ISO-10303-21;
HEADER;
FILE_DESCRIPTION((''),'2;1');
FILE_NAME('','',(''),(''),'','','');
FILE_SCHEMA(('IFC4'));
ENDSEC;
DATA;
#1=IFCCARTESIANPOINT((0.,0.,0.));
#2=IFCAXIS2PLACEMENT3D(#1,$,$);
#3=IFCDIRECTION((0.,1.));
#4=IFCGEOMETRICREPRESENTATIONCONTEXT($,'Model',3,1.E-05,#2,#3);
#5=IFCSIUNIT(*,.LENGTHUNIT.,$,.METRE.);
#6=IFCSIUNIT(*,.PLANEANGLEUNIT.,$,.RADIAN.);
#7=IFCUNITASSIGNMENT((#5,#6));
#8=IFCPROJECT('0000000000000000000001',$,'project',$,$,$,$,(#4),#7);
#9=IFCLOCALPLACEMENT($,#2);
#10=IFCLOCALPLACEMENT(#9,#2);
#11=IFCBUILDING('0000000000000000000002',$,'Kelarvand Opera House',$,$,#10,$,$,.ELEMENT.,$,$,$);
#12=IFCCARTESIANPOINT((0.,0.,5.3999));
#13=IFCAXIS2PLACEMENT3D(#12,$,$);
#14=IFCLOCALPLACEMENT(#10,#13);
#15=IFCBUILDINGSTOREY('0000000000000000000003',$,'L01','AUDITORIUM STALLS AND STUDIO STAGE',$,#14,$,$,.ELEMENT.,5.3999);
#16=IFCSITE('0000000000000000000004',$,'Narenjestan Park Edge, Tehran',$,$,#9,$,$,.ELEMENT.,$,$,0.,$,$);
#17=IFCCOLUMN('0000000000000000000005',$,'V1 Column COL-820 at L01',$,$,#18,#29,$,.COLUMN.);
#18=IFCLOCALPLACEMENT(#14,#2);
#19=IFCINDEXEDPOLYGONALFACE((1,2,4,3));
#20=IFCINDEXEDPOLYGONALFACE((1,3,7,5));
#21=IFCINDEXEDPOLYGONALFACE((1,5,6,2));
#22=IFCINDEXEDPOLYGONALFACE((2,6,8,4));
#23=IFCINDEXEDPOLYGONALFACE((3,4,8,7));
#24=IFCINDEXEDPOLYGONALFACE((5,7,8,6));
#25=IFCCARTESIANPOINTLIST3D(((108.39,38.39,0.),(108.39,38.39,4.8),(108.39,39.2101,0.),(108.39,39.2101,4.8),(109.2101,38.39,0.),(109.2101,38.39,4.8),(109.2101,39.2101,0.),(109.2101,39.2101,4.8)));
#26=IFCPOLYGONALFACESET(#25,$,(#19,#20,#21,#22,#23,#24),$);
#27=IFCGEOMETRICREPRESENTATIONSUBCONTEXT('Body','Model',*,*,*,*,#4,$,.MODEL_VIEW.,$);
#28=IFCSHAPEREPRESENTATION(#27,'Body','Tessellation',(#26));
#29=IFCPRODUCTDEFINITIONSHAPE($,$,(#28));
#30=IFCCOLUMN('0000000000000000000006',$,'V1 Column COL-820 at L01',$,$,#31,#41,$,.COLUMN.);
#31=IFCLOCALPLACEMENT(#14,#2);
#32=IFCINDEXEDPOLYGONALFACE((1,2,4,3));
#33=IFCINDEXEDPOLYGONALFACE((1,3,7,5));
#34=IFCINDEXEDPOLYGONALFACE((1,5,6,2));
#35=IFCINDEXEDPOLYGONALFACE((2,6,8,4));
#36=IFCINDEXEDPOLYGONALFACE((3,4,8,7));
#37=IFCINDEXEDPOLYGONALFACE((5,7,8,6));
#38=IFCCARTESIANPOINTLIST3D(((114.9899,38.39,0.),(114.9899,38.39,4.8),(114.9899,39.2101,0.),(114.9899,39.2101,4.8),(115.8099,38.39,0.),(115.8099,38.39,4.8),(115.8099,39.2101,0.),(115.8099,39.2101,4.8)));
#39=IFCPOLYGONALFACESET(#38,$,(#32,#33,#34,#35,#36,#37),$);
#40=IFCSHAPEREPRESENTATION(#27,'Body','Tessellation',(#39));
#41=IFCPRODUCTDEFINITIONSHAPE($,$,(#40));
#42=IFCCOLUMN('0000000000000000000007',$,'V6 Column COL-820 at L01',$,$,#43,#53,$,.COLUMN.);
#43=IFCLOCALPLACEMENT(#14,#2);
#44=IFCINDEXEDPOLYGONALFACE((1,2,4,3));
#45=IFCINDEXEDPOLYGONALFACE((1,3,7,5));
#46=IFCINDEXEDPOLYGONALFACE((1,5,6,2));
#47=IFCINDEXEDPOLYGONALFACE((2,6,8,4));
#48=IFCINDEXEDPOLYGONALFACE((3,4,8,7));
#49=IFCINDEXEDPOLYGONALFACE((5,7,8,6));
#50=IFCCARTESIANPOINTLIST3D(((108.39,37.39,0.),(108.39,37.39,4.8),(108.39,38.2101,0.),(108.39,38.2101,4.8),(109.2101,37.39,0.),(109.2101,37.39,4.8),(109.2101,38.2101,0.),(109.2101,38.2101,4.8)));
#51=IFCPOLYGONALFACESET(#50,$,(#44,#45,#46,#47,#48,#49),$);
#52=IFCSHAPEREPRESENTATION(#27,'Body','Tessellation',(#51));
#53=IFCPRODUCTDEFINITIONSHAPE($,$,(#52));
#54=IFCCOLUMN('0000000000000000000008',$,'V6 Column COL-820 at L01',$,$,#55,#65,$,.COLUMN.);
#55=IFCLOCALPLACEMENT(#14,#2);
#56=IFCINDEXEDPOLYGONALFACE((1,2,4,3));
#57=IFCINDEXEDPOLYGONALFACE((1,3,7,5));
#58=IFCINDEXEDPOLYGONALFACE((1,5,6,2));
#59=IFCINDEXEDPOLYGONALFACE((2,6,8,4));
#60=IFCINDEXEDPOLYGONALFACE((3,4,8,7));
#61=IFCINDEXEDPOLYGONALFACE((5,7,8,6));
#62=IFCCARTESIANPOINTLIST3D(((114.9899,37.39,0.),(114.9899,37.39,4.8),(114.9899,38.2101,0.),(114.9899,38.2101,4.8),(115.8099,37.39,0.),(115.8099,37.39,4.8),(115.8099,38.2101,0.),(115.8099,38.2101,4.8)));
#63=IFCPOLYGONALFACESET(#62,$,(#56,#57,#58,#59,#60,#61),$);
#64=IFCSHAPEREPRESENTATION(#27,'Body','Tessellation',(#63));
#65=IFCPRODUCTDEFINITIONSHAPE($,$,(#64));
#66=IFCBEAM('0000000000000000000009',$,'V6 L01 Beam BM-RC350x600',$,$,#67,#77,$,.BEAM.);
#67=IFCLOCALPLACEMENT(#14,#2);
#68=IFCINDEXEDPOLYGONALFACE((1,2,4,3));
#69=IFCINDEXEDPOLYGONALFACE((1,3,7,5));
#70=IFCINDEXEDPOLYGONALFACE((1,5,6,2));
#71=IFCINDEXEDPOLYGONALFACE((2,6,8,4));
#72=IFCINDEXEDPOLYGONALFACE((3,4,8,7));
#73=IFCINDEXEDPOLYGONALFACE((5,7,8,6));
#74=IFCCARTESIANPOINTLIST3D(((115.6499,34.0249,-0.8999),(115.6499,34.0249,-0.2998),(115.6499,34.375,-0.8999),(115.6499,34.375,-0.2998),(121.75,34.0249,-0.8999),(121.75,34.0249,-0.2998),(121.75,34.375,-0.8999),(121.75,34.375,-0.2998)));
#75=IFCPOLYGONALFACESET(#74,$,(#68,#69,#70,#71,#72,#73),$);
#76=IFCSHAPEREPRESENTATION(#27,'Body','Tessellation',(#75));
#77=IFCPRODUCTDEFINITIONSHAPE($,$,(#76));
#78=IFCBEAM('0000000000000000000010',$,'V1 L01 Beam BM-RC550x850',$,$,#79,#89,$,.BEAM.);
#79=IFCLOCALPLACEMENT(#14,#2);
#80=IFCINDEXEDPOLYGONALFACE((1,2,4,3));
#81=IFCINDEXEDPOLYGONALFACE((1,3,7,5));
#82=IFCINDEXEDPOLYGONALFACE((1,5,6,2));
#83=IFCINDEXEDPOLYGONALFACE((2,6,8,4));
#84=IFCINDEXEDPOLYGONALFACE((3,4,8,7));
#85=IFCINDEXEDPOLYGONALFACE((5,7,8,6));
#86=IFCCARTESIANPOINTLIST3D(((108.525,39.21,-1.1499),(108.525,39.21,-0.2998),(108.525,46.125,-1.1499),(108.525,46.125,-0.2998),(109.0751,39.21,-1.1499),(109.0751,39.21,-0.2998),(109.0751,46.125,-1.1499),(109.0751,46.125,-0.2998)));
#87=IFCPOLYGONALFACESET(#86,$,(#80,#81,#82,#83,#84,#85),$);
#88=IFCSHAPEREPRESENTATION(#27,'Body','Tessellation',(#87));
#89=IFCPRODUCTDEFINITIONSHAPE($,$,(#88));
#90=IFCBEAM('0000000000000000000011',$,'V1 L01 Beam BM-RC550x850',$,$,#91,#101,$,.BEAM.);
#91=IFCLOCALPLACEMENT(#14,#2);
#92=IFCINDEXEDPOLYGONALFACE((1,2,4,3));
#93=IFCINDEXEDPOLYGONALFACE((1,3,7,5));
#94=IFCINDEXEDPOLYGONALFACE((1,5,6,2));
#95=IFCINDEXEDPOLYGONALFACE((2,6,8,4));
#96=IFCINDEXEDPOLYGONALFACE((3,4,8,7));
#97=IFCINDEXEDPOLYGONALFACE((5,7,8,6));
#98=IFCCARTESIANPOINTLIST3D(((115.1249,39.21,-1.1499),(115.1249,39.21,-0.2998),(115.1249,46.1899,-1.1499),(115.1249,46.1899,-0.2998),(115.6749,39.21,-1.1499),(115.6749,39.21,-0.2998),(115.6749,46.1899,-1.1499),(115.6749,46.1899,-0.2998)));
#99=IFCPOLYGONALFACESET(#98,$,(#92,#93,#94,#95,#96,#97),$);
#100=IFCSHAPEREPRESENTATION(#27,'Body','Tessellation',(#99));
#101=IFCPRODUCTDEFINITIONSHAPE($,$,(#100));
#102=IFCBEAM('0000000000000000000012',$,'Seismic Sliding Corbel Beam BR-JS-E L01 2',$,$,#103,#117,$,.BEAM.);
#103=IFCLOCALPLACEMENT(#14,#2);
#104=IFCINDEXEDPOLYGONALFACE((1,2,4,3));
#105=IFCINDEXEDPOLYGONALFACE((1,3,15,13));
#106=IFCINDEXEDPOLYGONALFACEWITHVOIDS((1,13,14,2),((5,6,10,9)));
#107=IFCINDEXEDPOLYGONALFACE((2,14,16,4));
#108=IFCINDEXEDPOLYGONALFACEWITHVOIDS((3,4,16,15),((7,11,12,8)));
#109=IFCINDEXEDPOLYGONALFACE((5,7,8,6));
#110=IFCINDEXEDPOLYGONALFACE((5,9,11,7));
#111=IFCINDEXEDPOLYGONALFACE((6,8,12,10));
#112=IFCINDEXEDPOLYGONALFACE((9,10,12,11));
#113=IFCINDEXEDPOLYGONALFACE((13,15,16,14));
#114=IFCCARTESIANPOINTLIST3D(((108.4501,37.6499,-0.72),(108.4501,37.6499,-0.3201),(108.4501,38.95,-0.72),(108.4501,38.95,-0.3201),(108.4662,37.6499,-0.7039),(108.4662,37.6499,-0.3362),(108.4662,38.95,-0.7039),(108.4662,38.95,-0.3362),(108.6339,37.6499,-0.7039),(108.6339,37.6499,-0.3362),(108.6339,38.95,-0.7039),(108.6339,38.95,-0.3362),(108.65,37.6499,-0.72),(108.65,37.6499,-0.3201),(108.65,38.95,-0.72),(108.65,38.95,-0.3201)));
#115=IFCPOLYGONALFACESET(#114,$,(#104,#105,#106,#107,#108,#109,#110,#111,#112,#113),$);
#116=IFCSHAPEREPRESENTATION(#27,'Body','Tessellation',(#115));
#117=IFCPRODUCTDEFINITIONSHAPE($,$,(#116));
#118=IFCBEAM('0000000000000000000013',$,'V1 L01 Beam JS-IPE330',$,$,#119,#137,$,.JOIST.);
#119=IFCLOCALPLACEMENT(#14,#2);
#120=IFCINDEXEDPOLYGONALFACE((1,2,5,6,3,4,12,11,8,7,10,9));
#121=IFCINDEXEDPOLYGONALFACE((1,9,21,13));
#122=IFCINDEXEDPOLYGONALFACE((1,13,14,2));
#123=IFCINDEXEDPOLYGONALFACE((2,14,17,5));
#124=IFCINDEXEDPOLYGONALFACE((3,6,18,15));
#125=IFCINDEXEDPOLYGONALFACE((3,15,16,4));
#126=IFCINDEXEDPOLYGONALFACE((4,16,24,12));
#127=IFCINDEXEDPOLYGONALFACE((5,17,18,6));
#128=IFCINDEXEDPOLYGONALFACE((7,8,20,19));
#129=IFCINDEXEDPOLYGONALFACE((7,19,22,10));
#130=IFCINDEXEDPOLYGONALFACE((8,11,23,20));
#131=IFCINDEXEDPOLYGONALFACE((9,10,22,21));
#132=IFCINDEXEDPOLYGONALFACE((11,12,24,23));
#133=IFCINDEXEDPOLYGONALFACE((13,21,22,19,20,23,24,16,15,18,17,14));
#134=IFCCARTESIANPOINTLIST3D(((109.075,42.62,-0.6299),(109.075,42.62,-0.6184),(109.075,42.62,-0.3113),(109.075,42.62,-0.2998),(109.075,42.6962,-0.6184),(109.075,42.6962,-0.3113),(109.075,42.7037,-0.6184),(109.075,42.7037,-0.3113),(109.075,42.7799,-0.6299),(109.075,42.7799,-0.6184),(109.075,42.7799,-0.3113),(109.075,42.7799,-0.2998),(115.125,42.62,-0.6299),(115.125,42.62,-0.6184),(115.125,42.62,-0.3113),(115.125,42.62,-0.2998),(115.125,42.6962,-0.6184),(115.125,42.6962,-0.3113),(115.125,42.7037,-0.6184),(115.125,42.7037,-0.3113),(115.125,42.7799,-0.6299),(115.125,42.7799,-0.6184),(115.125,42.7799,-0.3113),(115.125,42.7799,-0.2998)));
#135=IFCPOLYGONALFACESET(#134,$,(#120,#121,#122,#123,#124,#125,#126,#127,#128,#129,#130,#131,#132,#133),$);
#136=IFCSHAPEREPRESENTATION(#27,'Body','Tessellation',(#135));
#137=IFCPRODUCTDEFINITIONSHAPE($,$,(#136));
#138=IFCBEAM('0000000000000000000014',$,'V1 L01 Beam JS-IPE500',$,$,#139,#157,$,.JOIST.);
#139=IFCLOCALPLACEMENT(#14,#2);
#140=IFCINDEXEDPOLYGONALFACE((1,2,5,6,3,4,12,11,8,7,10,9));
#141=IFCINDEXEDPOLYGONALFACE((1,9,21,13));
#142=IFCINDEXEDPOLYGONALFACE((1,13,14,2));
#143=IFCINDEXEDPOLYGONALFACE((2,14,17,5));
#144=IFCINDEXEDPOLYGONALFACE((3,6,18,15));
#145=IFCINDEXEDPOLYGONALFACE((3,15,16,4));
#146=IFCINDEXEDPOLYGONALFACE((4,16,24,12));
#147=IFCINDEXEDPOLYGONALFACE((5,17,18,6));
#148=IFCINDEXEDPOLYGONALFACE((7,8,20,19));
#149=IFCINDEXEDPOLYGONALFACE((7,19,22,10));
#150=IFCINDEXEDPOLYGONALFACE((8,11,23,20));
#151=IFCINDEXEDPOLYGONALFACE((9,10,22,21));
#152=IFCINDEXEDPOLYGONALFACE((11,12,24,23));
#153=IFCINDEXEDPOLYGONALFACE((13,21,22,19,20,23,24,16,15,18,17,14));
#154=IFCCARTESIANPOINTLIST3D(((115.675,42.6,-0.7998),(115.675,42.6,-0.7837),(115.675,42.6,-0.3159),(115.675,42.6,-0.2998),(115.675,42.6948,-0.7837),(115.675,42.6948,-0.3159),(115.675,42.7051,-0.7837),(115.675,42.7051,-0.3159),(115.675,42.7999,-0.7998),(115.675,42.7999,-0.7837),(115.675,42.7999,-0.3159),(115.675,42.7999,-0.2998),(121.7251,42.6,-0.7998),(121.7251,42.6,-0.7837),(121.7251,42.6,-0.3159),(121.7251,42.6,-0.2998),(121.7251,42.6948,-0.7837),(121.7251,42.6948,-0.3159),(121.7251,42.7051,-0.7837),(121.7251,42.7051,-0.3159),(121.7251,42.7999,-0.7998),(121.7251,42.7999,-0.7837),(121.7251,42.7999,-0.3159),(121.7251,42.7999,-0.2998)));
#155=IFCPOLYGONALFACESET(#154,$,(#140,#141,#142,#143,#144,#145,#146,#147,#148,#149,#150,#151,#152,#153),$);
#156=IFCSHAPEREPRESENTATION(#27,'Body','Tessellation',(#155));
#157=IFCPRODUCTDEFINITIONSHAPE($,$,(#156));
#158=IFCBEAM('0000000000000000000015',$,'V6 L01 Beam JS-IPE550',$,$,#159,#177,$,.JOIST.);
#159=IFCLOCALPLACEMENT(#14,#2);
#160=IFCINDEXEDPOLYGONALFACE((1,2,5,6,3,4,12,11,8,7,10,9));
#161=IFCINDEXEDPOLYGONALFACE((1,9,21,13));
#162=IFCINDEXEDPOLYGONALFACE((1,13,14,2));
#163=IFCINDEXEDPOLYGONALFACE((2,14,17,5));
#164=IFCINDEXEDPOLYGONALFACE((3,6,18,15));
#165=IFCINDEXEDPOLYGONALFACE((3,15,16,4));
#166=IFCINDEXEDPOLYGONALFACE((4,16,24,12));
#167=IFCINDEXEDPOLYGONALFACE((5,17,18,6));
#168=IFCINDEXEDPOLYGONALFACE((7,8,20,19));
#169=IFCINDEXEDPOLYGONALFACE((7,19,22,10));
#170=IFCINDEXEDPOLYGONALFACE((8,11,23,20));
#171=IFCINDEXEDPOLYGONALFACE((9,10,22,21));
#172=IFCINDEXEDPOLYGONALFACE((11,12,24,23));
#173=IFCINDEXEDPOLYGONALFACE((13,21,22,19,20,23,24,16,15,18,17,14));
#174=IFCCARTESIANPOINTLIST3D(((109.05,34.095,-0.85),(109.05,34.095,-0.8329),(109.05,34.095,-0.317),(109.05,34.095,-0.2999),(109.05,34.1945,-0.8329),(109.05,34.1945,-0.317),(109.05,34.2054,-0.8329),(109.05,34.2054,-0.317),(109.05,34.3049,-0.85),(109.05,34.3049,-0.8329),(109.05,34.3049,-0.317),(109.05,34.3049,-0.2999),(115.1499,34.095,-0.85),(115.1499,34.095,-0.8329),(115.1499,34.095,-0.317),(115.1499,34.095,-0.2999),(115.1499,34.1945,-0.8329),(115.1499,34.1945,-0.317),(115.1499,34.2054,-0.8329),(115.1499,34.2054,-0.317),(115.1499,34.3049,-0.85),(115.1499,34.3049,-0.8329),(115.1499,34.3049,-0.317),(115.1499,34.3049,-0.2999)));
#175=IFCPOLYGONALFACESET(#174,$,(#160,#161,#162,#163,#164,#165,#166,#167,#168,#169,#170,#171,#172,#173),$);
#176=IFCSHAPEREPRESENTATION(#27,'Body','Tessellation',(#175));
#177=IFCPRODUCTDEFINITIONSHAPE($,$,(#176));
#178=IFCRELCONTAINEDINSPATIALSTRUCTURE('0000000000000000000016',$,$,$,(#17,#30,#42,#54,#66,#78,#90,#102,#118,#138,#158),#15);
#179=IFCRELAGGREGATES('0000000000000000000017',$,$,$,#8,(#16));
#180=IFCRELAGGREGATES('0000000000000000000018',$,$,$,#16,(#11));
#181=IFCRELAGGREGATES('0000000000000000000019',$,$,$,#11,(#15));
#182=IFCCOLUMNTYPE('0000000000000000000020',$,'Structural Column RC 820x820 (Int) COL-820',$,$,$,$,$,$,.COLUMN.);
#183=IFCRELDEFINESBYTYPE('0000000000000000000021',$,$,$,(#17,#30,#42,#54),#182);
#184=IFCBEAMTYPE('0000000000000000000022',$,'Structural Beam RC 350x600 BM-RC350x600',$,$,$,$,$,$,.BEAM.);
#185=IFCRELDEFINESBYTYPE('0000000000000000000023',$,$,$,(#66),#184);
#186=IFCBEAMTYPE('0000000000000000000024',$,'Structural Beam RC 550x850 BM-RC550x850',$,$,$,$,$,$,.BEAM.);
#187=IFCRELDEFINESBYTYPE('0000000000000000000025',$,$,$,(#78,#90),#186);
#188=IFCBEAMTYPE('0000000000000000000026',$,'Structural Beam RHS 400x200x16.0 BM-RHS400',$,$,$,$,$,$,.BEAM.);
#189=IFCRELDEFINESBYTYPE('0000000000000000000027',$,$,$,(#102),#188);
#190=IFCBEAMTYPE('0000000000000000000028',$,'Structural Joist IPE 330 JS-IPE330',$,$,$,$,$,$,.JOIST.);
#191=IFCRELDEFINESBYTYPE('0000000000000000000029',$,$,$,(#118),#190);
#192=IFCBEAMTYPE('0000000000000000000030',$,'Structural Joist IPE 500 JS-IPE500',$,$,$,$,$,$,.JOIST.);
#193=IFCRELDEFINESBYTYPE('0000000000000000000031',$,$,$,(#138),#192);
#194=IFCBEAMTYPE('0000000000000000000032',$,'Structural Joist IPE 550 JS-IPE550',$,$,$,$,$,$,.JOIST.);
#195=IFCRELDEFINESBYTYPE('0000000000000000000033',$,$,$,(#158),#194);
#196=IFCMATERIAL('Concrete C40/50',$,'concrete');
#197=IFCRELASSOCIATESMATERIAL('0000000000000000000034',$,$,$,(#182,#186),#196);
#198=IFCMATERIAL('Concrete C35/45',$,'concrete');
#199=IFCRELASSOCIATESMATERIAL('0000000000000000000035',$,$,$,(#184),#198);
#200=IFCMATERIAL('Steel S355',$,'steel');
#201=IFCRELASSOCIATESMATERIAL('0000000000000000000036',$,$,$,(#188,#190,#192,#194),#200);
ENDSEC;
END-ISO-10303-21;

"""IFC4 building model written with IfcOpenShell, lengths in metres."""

from ifc_helpers import new_model, si_unit, direction, frame, origin, origin_2d, place, context, subcontext, project, spatial, rectangle, hollow_rectangle, i_section, extrude, material, material_profile, profile_set, type_object, element, save


model = new_model("IFC4")

# Units and contexts
model_context = context("Model", 3, precision=1e-05, world=origin(), true_north=direction((0.0, 1.0)))
body_context = subcontext(model_context, "Body", "Model", "MODEL_VIEW")
ifc_project = project(units=[si_unit("LENGTHUNIT", "METRE"), si_unit("PLANEANGLEUNIT", "RADIAN")], contexts=[model_context])

# Site, building, storey
site_placement = place(None, origin())
site = spatial("IfcSite", under=ifc_project, at=site_placement, Name="Narenjestan Park Edge, Tehran", CompositionType="ELEMENT", RefElevation=0.0)
building_placement = place(site_placement, origin())
building = spatial("IfcBuilding", under=site, at=building_placement, Name="Kelarvand Opera House", CompositionType="ELEMENT")
storey_placement = place(building_placement, frame((0.0, 0.0, 5.3999)))
storey = spatial("IfcBuildingStorey", under=building, at=storey_placement, Name="L01", Description="AUDITORIUM STALLS AND STUDIO STAGE", CompositionType="ELEMENT", Elevation=5.3999)

# Columns
ifc_material_1 = material(Name="Concrete C40/50", Category="concrete")
ifc_material_profile_1 = material_profile(ifc_material_1, rectangle(XDim=0.8201, YDim=0.8201, at=origin_2d()), Name="RC 820x820", Category="concrete")
ifc_profile_set_1 = profile_set([ifc_material_profile_1], Name="Concrete C40/50")
column_type = type_object("IfcColumnType", Name="Structural Column RC 820x820 (Int) COL-820", PredefinedType="COLUMN", material=ifc_profile_set_1)
for number, where, z_axis, x_axis, name in (
    (1, (108.8, 38.8, 0.0), (0.0, 0.0, 1.0), (1.0, 0.0, 0.0), "V1 Column COL-820 at L01"),
    (2, (115.3999, 38.8, 0.0), (0.0, 0.0, 1.0), (1.0, 0.0, 0.0), "V1 Column COL-820 at L01"),
    (3, (108.8, 37.8, 0.0), (0.0, 0.0, 1.0), (1.0, 0.0, 0.0), "V6 Column COL-820 at L01"),
    (4, (115.3999, 37.8, 0.0), (0.0, 0.0, 1.0), (1.0, 0.0, 0.0), "V6 Column COL-820 at L01"),
):
    element("IfcColumn", number, at=place(storey_placement, frame(where, z_axis=z_axis, x_axis=x_axis)), inside=storey, type_object=column_type, Name=name, PredefinedType="COLUMN", context=body_context, shape_type="SweptSolid", body=[
        extrude(rectangle(XDim=0.8201, YDim=0.8201, at=origin_2d()), origin(), (0.0, 0.0, 1.0), 4.8),
    ])

# Beams
ifc_material_2 = material(Name="Concrete C35/45", Category="concrete")
ifc_material_profile_2 = material_profile(ifc_material_2, rectangle(XDim=0.3501, YDim=0.6001, at=origin_2d()), Name="RC 350x600", Category="concrete")
ifc_profile_set_2 = profile_set([ifc_material_profile_2], Name="Concrete C35/45")
beam_type_1 = type_object("IfcBeamType", Name="Structural Beam RC 350x600 BM-RC350x600", PredefinedType="BEAM", material=ifc_profile_set_2)
beam_1_placement = place(storey_placement, frame((115.6499, 34.2, -0.5999), z_axis=(1.0, 0.0, 0.0), x_axis=(0.0, 1.0, 0.0)))
element("IfcBeam", 5, at=beam_1_placement, inside=storey, type_object=beam_type_1, Name="V6 L01 Beam BM-RC350x600", PredefinedType="BEAM", context=body_context, shape_type="SweptSolid", body=[
    extrude(rectangle(XDim=0.3501, YDim=0.6001, at=origin_2d()), origin(), (0.0, 0.0, 1.0), 6.1001),
])
ifc_material_profile_3 = material_profile(ifc_material_1, rectangle(XDim=0.55, YDim=0.8501, at=origin_2d()), Name="RC 550x850", Category="concrete")
ifc_profile_set_3 = profile_set([ifc_material_profile_3], Name="Concrete C40/50")
beam_type_2 = type_object("IfcBeamType", Name="Structural Beam RC 550x850 BM-RC550x850", PredefinedType="BEAM", material=ifc_profile_set_3)
beam_2_placement = place(storey_placement, frame((108.8, 39.21, -0.7249), z_axis=(0.0, 1.0, 0.0), x_axis=(-1.0, 0.0, 0.0)))
element("IfcBeam", 6, at=beam_2_placement, inside=storey, type_object=beam_type_2, Name="V1 L01 Beam BM-RC550x850", PredefinedType="BEAM", context=body_context, shape_type="SweptSolid", body=[
    extrude(rectangle(XDim=0.55, YDim=0.8501, at=origin_2d()), origin(), (0.0, 0.0, 1.0), 6.915),
])
beam_3_placement = place(storey_placement, frame((115.3999, 39.21, -0.7249), z_axis=(0.0, 1.0, 0.0), x_axis=(-1.0, 0.0, 0.0)))
element("IfcBeam", 7, at=beam_3_placement, inside=storey, type_object=beam_type_2, Name="V1 L01 Beam BM-RC550x850", PredefinedType="BEAM", context=body_context, shape_type="SweptSolid", body=[
    extrude(rectangle(XDim=0.55, YDim=0.8501, at=origin_2d()), origin(), (0.0, 0.0, 1.0), 6.98),
])
ifc_material_3 = material(Name="Steel S355", Category="steel")
ifc_material_profile_4 = material_profile(ifc_material_3, hollow_rectangle(XDim=0.2, YDim=0.3999, WallThickness=0.0161, at=origin_2d()), Name="RHS 400x200x16.0", Category="steel")
ifc_profile_set_4 = profile_set([ifc_material_profile_4], Name="Steel S355")
beam_type_3 = type_object("IfcBeamType", Name="Structural Beam RHS 400x200x16.0 BM-RHS400", PredefinedType="BEAM", material=ifc_profile_set_4)
beam_4_placement = place(storey_placement, frame((108.55, 37.6499, -0.52), z_axis=(0.0, 1.0, 0.0), x_axis=(-1.0, 0.0, 0.0)))
element("IfcBeam", 8, at=beam_4_placement, inside=storey, type_object=beam_type_3, Name="Seismic Sliding Corbel Beam BR-JS-E L01 2", PredefinedType="BEAM", context=body_context, shape_type="SweptSolid", body=[
    extrude(hollow_rectangle(XDim=0.2, YDim=0.3999, WallThickness=0.0161, at=origin_2d()), origin(), (0.0, 0.0, 1.0), 1.3),
])
ifc_material_profile_5 = material_profile(ifc_material_3, i_section(OverallWidth=0.1599, OverallDepth=0.3301, WebThickness=0.0076, FlangeThickness=0.0115, at=origin_2d()), Name="IPE 330", Category="steel")
ifc_profile_set_5 = profile_set([ifc_material_profile_5], Name="Steel S355")
beam_type_4 = type_object("IfcBeamType", Name="Structural Joist IPE 330 JS-IPE330", PredefinedType="JOIST", material=ifc_profile_set_5)
beam_5_placement = place(storey_placement, frame((109.075, 42.7, -0.4648), z_axis=(1.0, 0.0, 0.0), x_axis=(0.0, 1.0, 0.0)))
element("IfcBeam", 9, at=beam_5_placement, inside=storey, type_object=beam_type_4, Name="V1 L01 Beam JS-IPE330", PredefinedType="JOIST", context=body_context, shape_type="SweptSolid", body=[
    extrude(i_section(OverallWidth=0.1599, OverallDepth=0.3301, WebThickness=0.0076, FlangeThickness=0.0115, at=origin_2d()), origin(), (0.0, 0.0, 1.0), 6.05),
])
ifc_material_profile_6 = material_profile(ifc_material_3, i_section(OverallWidth=0.2, OverallDepth=0.5, WebThickness=0.0103, FlangeThickness=0.0161, at=origin_2d()), Name="IPE 500", Category="steel")
ifc_profile_set_6 = profile_set([ifc_material_profile_6], Name="Steel S355")
beam_type_5 = type_object("IfcBeamType", Name="Structural Joist IPE 500 JS-IPE500", PredefinedType="JOIST", material=ifc_profile_set_6)
beam_6_placement = place(storey_placement, frame((115.675, 42.7, -0.5498), z_axis=(1.0, 0.0, 0.0), x_axis=(0.0, 1.0, 0.0)))
element("IfcBeam", 10, at=beam_6_placement, inside=storey, type_object=beam_type_5, Name="V1 L01 Beam JS-IPE500", PredefinedType="JOIST", context=body_context, shape_type="SweptSolid", body=[
    extrude(i_section(OverallWidth=0.2, OverallDepth=0.5, WebThickness=0.0103, FlangeThickness=0.0161, at=origin_2d()), origin(), (0.0, 0.0, 1.0), 6.05),
])
ifc_material_profile_7 = material_profile(ifc_material_3, i_section(OverallWidth=0.21, OverallDepth=0.55, WebThickness=0.011, FlangeThickness=0.0171, at=origin_2d()), Name="IPE 550", Category="steel")
ifc_profile_set_7 = profile_set([ifc_material_profile_7], Name="Steel S355")
beam_type_6 = type_object("IfcBeamType", Name="Structural Joist IPE 550 JS-IPE550", PredefinedType="JOIST", material=ifc_profile_set_7)
beam_7_placement = place(storey_placement, frame((109.05, 34.2, -0.575), z_axis=(1.0, 0.0, 0.0), x_axis=(0.0, 1.0, 0.0)))
element("IfcBeam", 11, at=beam_7_placement, inside=storey, type_object=beam_type_6, Name="V6 L01 Beam JS-IPE550", PredefinedType="JOIST", context=body_context, shape_type="SweptSolid", body=[
    extrude(i_section(OverallWidth=0.21, OverallDepth=0.55, WebThickness=0.011, FlangeThickness=0.0171, at=origin_2d()), origin(), (0.0, 0.0, 1.0), 6.0999),
])

save(model, "model.ifc")
